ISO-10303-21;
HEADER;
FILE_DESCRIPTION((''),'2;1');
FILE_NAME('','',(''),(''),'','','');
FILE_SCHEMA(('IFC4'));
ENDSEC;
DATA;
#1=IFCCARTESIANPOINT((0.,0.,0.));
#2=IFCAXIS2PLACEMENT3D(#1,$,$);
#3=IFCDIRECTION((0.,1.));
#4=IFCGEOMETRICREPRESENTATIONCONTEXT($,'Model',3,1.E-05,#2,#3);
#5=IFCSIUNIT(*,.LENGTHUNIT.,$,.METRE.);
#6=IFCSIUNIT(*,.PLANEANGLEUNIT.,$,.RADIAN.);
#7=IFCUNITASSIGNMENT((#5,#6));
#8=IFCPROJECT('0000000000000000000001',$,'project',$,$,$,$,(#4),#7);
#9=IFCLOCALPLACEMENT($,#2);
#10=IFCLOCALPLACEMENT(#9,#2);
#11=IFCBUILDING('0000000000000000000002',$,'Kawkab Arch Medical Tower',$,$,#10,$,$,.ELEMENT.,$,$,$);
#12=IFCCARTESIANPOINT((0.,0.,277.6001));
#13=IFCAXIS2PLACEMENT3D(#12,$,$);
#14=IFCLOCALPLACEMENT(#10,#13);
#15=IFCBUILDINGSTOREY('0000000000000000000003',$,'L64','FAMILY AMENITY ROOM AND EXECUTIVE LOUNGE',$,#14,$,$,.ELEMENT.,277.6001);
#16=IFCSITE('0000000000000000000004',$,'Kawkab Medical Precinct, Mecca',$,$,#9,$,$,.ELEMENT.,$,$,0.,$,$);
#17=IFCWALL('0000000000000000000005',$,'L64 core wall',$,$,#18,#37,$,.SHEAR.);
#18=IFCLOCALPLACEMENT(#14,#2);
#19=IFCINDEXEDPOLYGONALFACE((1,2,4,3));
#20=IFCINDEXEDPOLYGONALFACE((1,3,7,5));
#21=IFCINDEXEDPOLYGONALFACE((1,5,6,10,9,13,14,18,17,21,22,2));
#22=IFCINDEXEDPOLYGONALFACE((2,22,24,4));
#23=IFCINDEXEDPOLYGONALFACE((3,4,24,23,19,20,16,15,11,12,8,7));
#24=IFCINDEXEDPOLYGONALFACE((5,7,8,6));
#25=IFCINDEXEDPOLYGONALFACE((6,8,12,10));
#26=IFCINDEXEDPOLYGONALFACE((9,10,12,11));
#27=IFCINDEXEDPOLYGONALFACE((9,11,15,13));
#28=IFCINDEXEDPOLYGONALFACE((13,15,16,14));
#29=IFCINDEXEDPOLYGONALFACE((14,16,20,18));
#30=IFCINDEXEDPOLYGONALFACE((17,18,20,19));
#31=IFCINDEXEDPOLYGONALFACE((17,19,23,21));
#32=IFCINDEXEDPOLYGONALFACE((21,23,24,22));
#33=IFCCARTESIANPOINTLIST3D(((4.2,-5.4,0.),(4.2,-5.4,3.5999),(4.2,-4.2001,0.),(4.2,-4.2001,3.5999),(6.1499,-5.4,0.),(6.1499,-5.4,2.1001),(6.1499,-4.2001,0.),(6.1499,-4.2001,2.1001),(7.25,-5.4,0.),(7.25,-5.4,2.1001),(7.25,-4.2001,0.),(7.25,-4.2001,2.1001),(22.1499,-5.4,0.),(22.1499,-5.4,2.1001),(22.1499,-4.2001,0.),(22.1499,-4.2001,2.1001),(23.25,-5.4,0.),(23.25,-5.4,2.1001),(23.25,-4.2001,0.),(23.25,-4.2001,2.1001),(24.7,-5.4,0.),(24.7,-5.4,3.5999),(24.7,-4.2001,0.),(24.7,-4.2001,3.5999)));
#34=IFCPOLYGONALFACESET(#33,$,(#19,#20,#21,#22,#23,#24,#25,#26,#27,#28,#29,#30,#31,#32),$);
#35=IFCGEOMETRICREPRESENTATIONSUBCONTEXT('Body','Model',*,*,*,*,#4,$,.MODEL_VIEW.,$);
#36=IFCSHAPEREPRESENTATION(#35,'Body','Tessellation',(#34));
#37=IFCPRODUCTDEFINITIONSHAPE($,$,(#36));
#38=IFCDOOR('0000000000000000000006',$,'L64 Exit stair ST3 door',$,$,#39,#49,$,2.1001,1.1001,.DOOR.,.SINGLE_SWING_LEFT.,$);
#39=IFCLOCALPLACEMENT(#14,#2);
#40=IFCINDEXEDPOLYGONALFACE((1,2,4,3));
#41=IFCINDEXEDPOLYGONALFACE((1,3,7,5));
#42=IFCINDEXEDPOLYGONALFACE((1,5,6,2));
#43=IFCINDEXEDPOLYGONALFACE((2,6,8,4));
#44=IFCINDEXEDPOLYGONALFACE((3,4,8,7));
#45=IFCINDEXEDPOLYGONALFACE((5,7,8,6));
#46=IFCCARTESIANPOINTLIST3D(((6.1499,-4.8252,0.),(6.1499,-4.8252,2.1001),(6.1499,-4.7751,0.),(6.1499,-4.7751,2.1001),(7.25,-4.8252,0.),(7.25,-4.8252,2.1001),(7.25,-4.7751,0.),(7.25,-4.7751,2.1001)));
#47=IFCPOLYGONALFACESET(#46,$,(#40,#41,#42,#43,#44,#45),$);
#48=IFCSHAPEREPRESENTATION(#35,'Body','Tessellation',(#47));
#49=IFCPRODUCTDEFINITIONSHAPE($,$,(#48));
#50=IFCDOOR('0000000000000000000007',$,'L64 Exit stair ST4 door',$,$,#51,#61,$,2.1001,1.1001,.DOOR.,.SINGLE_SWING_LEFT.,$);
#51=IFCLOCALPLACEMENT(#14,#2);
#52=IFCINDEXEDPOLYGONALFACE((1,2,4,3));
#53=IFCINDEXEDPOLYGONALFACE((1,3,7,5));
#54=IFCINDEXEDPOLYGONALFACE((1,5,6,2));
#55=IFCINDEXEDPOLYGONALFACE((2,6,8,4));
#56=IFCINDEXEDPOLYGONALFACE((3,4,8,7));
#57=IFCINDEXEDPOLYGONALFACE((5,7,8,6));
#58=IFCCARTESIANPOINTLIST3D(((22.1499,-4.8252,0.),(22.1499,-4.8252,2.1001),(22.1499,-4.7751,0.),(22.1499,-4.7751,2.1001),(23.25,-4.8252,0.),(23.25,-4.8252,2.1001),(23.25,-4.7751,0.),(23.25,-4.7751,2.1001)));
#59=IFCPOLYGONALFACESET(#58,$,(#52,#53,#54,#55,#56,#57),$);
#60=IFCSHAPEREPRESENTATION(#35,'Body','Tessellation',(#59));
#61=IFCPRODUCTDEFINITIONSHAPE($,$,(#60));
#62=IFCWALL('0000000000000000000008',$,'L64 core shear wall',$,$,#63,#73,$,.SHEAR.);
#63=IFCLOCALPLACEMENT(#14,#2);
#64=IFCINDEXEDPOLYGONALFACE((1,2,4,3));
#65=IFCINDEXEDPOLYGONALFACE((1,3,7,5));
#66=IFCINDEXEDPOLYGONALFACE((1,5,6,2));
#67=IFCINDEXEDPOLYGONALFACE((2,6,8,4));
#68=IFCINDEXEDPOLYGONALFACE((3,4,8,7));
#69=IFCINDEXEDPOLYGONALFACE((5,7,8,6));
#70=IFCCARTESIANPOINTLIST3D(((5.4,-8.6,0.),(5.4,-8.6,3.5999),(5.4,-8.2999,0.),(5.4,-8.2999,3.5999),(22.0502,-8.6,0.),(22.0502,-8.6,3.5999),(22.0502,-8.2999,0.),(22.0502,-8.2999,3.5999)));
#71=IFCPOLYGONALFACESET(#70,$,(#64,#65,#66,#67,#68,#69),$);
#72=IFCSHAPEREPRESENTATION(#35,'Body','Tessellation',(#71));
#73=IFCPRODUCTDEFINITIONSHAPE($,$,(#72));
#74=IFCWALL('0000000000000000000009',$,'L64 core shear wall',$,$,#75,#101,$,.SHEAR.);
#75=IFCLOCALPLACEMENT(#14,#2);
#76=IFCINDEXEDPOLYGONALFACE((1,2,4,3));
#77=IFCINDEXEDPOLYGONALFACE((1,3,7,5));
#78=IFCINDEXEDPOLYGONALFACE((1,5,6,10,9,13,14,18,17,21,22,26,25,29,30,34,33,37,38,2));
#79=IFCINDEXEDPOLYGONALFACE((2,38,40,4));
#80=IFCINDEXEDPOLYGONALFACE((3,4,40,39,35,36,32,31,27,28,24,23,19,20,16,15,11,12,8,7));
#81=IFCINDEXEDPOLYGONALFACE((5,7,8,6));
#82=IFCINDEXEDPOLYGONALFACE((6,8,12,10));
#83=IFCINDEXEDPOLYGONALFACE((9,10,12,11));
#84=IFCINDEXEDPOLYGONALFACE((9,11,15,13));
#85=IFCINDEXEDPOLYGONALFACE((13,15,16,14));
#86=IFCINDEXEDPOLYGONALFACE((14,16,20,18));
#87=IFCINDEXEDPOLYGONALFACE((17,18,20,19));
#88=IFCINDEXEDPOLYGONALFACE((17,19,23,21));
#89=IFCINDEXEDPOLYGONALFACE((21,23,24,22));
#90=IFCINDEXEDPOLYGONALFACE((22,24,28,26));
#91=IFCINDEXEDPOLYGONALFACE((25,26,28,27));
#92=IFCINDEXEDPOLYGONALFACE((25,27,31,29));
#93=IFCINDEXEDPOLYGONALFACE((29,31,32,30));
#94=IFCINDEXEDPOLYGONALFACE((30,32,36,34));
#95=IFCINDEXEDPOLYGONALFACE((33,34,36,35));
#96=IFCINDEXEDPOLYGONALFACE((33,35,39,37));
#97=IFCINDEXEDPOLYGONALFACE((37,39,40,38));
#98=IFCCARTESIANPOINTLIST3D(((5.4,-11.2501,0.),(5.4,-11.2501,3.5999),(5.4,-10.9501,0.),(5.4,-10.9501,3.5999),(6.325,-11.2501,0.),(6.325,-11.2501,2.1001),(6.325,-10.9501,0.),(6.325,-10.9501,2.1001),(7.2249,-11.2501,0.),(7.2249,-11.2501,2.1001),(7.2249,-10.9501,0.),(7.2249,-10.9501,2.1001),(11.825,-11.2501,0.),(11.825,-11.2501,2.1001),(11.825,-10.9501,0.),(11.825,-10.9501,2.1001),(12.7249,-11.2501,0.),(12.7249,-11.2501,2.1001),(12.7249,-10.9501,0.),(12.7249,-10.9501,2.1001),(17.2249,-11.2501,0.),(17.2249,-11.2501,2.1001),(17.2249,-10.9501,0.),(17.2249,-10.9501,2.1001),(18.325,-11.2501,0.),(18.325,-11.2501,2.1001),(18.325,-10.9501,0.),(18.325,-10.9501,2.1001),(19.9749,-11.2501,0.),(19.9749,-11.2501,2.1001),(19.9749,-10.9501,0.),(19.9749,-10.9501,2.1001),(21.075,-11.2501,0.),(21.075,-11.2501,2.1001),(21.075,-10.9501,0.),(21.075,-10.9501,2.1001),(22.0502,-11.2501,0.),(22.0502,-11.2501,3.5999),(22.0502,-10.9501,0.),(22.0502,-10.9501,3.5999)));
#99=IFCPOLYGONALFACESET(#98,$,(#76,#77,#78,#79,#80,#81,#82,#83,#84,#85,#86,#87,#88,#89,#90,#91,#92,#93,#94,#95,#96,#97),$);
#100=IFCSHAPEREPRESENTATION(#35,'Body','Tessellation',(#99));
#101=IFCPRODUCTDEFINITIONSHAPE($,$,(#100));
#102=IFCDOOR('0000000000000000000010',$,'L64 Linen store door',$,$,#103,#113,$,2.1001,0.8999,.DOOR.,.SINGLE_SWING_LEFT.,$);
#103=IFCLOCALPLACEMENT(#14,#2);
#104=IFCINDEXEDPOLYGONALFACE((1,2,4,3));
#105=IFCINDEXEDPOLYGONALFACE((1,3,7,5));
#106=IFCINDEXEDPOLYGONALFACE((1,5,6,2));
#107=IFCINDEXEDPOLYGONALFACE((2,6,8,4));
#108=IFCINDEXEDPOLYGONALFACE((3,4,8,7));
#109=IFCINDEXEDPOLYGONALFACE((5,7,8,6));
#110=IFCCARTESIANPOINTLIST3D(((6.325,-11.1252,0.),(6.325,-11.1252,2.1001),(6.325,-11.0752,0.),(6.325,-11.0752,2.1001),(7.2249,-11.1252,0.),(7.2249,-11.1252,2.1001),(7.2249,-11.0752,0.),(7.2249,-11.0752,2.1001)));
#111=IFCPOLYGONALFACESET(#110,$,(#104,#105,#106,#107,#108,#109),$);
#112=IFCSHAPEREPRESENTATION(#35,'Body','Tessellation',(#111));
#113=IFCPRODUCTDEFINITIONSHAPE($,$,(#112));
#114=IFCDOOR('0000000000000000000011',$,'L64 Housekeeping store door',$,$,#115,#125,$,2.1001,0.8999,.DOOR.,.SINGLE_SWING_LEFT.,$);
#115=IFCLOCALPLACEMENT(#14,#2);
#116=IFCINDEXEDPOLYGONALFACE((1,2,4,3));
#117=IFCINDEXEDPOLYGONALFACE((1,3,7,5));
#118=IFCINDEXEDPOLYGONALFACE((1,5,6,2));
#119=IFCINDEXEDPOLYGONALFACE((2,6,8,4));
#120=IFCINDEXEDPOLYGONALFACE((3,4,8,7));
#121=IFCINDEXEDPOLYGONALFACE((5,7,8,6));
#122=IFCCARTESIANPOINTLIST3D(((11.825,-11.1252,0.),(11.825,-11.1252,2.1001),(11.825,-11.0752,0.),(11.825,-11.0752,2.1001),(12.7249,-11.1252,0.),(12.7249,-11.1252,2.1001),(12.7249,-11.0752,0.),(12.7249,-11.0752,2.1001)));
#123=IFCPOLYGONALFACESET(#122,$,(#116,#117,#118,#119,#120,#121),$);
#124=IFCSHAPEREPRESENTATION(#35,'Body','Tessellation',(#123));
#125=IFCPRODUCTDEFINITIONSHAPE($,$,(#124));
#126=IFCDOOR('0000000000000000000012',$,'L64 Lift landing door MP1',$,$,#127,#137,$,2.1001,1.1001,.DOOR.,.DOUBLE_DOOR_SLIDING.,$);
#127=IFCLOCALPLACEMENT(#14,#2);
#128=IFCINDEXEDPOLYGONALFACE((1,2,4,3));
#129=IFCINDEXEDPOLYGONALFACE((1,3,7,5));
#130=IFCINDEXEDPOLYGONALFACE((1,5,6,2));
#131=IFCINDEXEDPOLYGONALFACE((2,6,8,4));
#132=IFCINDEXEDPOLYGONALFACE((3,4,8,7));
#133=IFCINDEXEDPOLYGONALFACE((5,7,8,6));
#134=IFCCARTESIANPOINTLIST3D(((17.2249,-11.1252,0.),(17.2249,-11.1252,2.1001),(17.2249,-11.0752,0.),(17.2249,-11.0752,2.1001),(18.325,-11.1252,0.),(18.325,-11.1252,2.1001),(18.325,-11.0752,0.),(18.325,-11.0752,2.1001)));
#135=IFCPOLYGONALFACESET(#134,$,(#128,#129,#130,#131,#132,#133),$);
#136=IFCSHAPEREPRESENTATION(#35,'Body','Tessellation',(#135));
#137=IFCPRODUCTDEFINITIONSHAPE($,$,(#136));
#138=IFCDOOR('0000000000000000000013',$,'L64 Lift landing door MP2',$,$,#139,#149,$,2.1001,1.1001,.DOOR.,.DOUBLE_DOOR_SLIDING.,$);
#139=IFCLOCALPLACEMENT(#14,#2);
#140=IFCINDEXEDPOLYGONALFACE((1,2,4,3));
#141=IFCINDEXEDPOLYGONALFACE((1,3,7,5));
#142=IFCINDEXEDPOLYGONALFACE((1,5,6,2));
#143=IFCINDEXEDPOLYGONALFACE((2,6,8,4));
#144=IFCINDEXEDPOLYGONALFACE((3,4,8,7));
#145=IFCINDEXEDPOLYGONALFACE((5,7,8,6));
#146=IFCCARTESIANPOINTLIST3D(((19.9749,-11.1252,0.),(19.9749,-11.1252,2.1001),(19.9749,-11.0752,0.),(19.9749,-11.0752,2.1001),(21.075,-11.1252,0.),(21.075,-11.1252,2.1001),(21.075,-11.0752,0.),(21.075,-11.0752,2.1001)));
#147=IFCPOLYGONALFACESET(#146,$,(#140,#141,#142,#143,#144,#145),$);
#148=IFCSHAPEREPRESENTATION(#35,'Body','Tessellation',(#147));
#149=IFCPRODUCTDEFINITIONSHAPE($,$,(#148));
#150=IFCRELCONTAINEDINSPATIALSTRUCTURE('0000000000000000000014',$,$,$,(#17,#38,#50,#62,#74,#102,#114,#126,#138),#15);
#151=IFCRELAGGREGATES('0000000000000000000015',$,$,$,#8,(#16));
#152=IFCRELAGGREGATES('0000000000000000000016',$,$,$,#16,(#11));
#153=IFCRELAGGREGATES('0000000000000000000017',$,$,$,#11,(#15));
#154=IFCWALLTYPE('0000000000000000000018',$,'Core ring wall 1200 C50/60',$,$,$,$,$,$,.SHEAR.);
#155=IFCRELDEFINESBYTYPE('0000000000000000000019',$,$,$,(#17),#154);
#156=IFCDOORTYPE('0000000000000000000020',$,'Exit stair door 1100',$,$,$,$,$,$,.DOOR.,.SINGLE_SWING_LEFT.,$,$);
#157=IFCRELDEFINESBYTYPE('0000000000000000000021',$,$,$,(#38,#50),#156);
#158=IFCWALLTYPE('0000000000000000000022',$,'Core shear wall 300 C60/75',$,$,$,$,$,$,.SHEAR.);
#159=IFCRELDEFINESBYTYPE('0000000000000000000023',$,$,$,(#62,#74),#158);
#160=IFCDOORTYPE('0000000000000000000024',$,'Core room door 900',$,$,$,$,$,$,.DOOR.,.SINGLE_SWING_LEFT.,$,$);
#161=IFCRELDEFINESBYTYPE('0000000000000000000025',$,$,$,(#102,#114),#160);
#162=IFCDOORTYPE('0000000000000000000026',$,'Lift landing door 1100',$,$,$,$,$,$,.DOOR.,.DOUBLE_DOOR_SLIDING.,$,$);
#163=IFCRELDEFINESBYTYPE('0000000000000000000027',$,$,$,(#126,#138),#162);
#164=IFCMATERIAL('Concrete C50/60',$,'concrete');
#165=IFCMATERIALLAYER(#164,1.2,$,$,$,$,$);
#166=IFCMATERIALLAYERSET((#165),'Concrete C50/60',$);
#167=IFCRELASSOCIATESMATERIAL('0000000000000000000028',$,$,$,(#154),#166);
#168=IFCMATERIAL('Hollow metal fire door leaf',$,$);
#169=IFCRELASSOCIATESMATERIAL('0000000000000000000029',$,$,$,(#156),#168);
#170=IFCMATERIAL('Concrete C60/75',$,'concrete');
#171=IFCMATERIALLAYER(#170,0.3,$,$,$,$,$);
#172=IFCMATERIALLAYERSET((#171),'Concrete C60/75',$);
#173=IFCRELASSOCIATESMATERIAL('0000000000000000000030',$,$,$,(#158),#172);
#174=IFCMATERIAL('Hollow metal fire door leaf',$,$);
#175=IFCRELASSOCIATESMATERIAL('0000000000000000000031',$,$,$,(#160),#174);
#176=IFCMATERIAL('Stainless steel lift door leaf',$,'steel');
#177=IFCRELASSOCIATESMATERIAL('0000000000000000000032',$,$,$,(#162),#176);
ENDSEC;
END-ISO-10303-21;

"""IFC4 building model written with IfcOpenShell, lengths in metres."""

from ifc_helpers import new_model, si_unit, direction, frame, frame_2d, origin, place, context, subcontext, project, spatial, rectangle, extrude, material, layer, layer_set, type_object, element, fill, save


model = new_model("IFC4")

# Units and contexts
model_context = context("Model", 3, precision=1e-05, world=origin(), true_north=direction((0.0, 1.0)))
body_context = subcontext(model_context, "Body", "Model", "MODEL_VIEW")
ifc_project = project(units=[si_unit("LENGTHUNIT", "METRE"), si_unit("PLANEANGLEUNIT", "RADIAN")], contexts=[model_context])

# Site, building, storey
site_placement = place(None, origin())
site = spatial("IfcSite", under=ifc_project, at=site_placement, Name="Kawkab Medical Precinct, Mecca", CompositionType="ELEMENT", RefElevation=0.0)
building_placement = place(site_placement, origin())
building = spatial("IfcBuilding", under=site, at=building_placement, Name="Kawkab Arch Medical Tower", CompositionType="ELEMENT")
storey_placement = place(building_placement, frame((0.0, 0.0, 277.6001)))
storey = spatial("IfcBuildingStorey", under=building, at=storey_placement, Name="L64", Description="FAMILY AMENITY ROOM AND EXECUTIVE LOUNGE", CompositionType="ELEMENT", Elevation=277.6001)

# Wall, openings, doors
ifc_material_1 = material(Name="Concrete C50/60", Category="concrete")
ifc_layer_1 = layer(ifc_material_1, 1.2)
ifc_layer_set_1 = layer_set([ifc_layer_1], Name="Concrete C50/60")
wall_type_1 = type_object("IfcWallType", Name="Core ring wall 1200 C50/60", PredefinedType="SHEAR", material=ifc_layer_set_1)
wall_1_placement = place(storey_placement, frame((4.2, -4.8, 0.0), z_axis=(0.0, 0.0, 1.0), x_axis=(1.0, 0.0, 0.0)))
wall_1 = element("IfcWall", 1, at=wall_1_placement, inside=storey, type_object=wall_type_1, Name="L64 core wall", PredefinedType="SHEAR", context=body_context, shape_type="SweptSolid", body=[
    extrude(rectangle(XDim=20.5, YDim=1.2, at=frame_2d((10.25, 0.0))), origin(), (0.0, 0.0, 1.0), 3.5999),
])
opening_1_placement = place(wall_1_placement, frame((1.95, 0.0, 0.0)))
opening_1 = element("IfcOpeningElement", 2, at=opening_1_placement, cuts=wall_1, PredefinedType="OPENING", context=body_context, shape_type="SweptSolid", body=[
    extrude(rectangle(XDim=1.1001, YDim=2.1001, at=frame_2d((0.55, 1.05))), frame((0.0, 0.6099, 0.0), z_axis=(0.0, -1.0, 0.0), x_axis=(1.0, 0.0, 0.0)), (0.0, 0.0, 1.0), 1.22),
])
opening_2_placement = place(wall_1_placement, frame((17.95, 0.0, 0.0)))
opening_2 = element("IfcOpeningElement", 3, at=opening_2_placement, cuts=wall_1, PredefinedType="OPENING", context=body_context, shape_type="SweptSolid", body=[
    extrude(rectangle(XDim=1.1001, YDim=2.1001, at=frame_2d((0.55, 1.05))), frame((0.0, 0.6099, 0.0), z_axis=(0.0, -1.0, 0.0), x_axis=(1.0, 0.0, 0.0)), (0.0, 0.0, 1.0), 1.22),
])
ifc_material_2 = material(Name="Hollow metal fire door leaf")
door_type_1 = type_object("IfcDoorType", Name="Exit stair door 1100", OperationType="SINGLE_SWING_LEFT", PredefinedType="DOOR", material=ifc_material_2)
door_1_placement = place(opening_1_placement, origin())
door_1 = element("IfcDoor", 4, at=door_1_placement, inside=storey, type_object=door_type_1, Name="L64 Exit stair ST3 door", OperationType="SINGLE_SWING_LEFT", OverallHeight=2.1001, OverallWidth=1.1001, PredefinedType="DOOR", context=body_context, shape_type="SweptSolid", body=[
    extrude(rectangle(XDim=1.1001, YDim=2.1001, at=frame_2d((0.55, 1.05))), frame((0.0, 0.0249, 0.0), z_axis=(0.0, -1.0, 0.0), x_axis=(1.0, 0.0, 0.0)), (0.0, 0.0, 1.0), 0.05),
])
fill(opening_1, door_1)
door_2_placement = place(opening_2_placement, origin())
door_2 = element("IfcDoor", 5, at=door_2_placement, inside=storey, type_object=door_type_1, Name="L64 Exit stair ST4 door", OperationType="SINGLE_SWING_LEFT", OverallHeight=2.1001, OverallWidth=1.1001, PredefinedType="DOOR", context=body_context, shape_type="SweptSolid", body=[
    extrude(rectangle(XDim=1.1001, YDim=2.1001, at=frame_2d((0.55, 1.05))), frame((0.0, 0.0249, 0.0), z_axis=(0.0, -1.0, 0.0), x_axis=(1.0, 0.0, 0.0)), (0.0, 0.0, 1.0), 0.05),
])
fill(opening_2, door_2)

# Wall
ifc_material_3 = material(Name="Concrete C60/75", Category="concrete")
ifc_layer_2 = layer(ifc_material_3, 0.3)
ifc_layer_set_2 = layer_set([ifc_layer_2], Name="Concrete C60/75")
wall_type_2 = type_object("IfcWallType", Name="Core shear wall 300 C60/75", PredefinedType="SHEAR", material=ifc_layer_set_2)
wall_2_placement = place(storey_placement, frame((5.3999, -8.45, 0.0), z_axis=(0.0, 0.0, 1.0), x_axis=(1.0, 0.0, 0.0)))
element("IfcWall", 6, at=wall_2_placement, inside=storey, type_object=wall_type_2, Name="L64 core shear wall", PredefinedType="SHEAR", context=body_context, shape_type="SweptSolid", body=[
    extrude(rectangle(XDim=16.6501, YDim=0.3, at=frame_2d((8.3252, 0.0))), origin(), (0.0, 0.0, 1.0), 3.5999),
])

# Wall, openings, doors
wall_3_placement = place(storey_placement, frame((5.3999, -11.1001, 0.0), z_axis=(0.0, 0.0, 1.0), x_axis=(1.0, 0.0, 0.0)))
wall_3 = element("IfcWall", 7, at=wall_3_placement, inside=storey, type_object=wall_type_2, Name="L64 core shear wall", PredefinedType="SHEAR", context=body_context, shape_type="SweptSolid", body=[
    extrude(rectangle(XDim=16.6501, YDim=0.3, at=frame_2d((8.3252, 0.0))), origin(), (0.0, 0.0, 1.0), 3.5999),
])
opening_3_placement = place(wall_3_placement, frame((11.825, 0.0, 0.0)))
opening_3 = element("IfcOpeningElement", 8, at=opening_3_placement, cuts=wall_3, PredefinedType="OPENING", context=body_context, shape_type="SweptSolid", body=[
    extrude(rectangle(XDim=1.1001, YDim=2.1001, at=frame_2d((0.55, 1.05))), frame((0.0, 0.1599, 0.0), z_axis=(0.0, -1.0, 0.0), x_axis=(1.0, 0.0, 0.0)), (0.0, 0.0, 1.0), 0.3201),
])
opening_4_placement = place(wall_3_placement, frame((14.575, 0.0, 0.0)))
opening_4 = element("IfcOpeningElement", 9, at=opening_4_placement, cuts=wall_3, PredefinedType="OPENING", context=body_context, shape_type="SweptSolid", body=[
    extrude(rectangle(XDim=1.1001, YDim=2.1001, at=frame_2d((0.55, 1.05))), frame((0.0, 0.1599, 0.0), z_axis=(0.0, -1.0, 0.0), x_axis=(1.0, 0.0, 0.0)), (0.0, 0.0, 1.0), 0.3201),
])
opening_5_placement = place(wall_3_placement, frame((0.925, 0.0, 0.0)))
opening_5 = element("IfcOpeningElement", 10, at=opening_5_placement, cuts=wall_3, PredefinedType="OPENING", context=body_context, shape_type="SweptSolid", body=[
    extrude(rectangle(XDim=0.8999, YDim=2.1001, at=frame_2d((0.45, 1.05))), frame((0.0, 0.1599, 0.0), z_axis=(0.0, -1.0, 0.0), x_axis=(1.0, 0.0, 0.0)), (0.0, 0.0, 1.0), 0.3201),
])
opening_6_placement = place(wall_3_placement, frame((6.425, 0.0, 0.0)))
opening_6 = element("IfcOpeningElement", 11, at=opening_6_placement, cuts=wall_3, PredefinedType="OPENING", context=body_context, shape_type="SweptSolid", body=[
    extrude(rectangle(XDim=0.8999, YDim=2.1001, at=frame_2d((0.45, 1.05))), frame((0.0, 0.1599, 0.0), z_axis=(0.0, -1.0, 0.0), x_axis=(1.0, 0.0, 0.0)), (0.0, 0.0, 1.0), 0.3201),
])
ifc_material_4 = material(Name="Hollow metal fire door leaf")
door_type_2 = type_object("IfcDoorType", Name="Core room door 900", OperationType="SINGLE_SWING_LEFT", PredefinedType="DOOR", material=ifc_material_4)
door_3_placement = place(opening_5_placement, origin())
door_3 = element("IfcDoor", 12, at=door_3_placement, inside=storey, type_object=door_type_2, Name="L64 Linen store door", OperationType="SINGLE_SWING_LEFT", OverallHeight=2.1001, OverallWidth=0.8999, PredefinedType="DOOR", context=body_context, shape_type="SweptSolid", body=[
    extrude(rectangle(XDim=0.8999, YDim=2.1001, at=frame_2d((0.45, 1.05))), frame((0.0, 0.0249, 0.0), z_axis=(0.0, -1.0, 0.0), x_axis=(1.0, 0.0, 0.0)), (0.0, 0.0, 1.0), 0.05),
])
fill(opening_5, door_3)
door_4_placement = place(opening_6_placement, origin())
door_4 = element("IfcDoor", 13, at=door_4_placement, inside=storey, type_object=door_type_2, Name="L64 Housekeeping store door", OperationType="SINGLE_SWING_LEFT", OverallHeight=2.1001, OverallWidth=0.8999, PredefinedType="DOOR", context=body_context, shape_type="SweptSolid", body=[
    extrude(rectangle(XDim=0.8999, YDim=2.1001, at=frame_2d((0.45, 1.05))), frame((0.0, 0.0249, 0.0), z_axis=(0.0, -1.0, 0.0), x_axis=(1.0, 0.0, 0.0)), (0.0, 0.0, 1.0), 0.05),
])
fill(opening_6, door_4)
ifc_material_5 = material(Name="Stainless steel lift door leaf", Category="steel")
door_type_3 = type_object("IfcDoorType", Name="Lift landing door 1100", OperationType="DOUBLE_DOOR_SLIDING", PredefinedType="DOOR", material=ifc_material_5)
door_5_placement = place(opening_3_placement, origin())
door_5 = element("IfcDoor", 14, at=door_5_placement, inside=storey, type_object=door_type_3, Name="L64 Lift landing door MP1", OperationType="DOUBLE_DOOR_SLIDING", OverallHeight=2.1001, OverallWidth=1.1001, PredefinedType="DOOR", context=body_context, shape_type="SweptSolid", body=[
    extrude(rectangle(XDim=1.1001, YDim=2.1001, at=frame_2d((0.55, 1.05))), frame((0.0, 0.0249, 0.0), z_axis=(0.0, -1.0, 0.0), x_axis=(1.0, 0.0, 0.0)), (0.0, 0.0, 1.0), 0.05),
])
fill(opening_3, door_5)
door_6_placement = place(opening_4_placement, origin())
door_6 = element("IfcDoor", 15, at=door_6_placement, inside=storey, type_object=door_type_3, Name="L64 Lift landing door MP2", OperationType="DOUBLE_DOOR_SLIDING", OverallHeight=2.1001, OverallWidth=1.1001, PredefinedType="DOOR", context=body_context, shape_type="SweptSolid", body=[
    extrude(rectangle(XDim=1.1001, YDim=2.1001, at=frame_2d((0.55, 1.05))), frame((0.0, 0.0249, 0.0), z_axis=(0.0, -1.0, 0.0), x_axis=(1.0, 0.0, 0.0)), (0.0, 0.0, 1.0), 0.05),
])
fill(opening_4, door_6)

save(model, "model.ifc")
